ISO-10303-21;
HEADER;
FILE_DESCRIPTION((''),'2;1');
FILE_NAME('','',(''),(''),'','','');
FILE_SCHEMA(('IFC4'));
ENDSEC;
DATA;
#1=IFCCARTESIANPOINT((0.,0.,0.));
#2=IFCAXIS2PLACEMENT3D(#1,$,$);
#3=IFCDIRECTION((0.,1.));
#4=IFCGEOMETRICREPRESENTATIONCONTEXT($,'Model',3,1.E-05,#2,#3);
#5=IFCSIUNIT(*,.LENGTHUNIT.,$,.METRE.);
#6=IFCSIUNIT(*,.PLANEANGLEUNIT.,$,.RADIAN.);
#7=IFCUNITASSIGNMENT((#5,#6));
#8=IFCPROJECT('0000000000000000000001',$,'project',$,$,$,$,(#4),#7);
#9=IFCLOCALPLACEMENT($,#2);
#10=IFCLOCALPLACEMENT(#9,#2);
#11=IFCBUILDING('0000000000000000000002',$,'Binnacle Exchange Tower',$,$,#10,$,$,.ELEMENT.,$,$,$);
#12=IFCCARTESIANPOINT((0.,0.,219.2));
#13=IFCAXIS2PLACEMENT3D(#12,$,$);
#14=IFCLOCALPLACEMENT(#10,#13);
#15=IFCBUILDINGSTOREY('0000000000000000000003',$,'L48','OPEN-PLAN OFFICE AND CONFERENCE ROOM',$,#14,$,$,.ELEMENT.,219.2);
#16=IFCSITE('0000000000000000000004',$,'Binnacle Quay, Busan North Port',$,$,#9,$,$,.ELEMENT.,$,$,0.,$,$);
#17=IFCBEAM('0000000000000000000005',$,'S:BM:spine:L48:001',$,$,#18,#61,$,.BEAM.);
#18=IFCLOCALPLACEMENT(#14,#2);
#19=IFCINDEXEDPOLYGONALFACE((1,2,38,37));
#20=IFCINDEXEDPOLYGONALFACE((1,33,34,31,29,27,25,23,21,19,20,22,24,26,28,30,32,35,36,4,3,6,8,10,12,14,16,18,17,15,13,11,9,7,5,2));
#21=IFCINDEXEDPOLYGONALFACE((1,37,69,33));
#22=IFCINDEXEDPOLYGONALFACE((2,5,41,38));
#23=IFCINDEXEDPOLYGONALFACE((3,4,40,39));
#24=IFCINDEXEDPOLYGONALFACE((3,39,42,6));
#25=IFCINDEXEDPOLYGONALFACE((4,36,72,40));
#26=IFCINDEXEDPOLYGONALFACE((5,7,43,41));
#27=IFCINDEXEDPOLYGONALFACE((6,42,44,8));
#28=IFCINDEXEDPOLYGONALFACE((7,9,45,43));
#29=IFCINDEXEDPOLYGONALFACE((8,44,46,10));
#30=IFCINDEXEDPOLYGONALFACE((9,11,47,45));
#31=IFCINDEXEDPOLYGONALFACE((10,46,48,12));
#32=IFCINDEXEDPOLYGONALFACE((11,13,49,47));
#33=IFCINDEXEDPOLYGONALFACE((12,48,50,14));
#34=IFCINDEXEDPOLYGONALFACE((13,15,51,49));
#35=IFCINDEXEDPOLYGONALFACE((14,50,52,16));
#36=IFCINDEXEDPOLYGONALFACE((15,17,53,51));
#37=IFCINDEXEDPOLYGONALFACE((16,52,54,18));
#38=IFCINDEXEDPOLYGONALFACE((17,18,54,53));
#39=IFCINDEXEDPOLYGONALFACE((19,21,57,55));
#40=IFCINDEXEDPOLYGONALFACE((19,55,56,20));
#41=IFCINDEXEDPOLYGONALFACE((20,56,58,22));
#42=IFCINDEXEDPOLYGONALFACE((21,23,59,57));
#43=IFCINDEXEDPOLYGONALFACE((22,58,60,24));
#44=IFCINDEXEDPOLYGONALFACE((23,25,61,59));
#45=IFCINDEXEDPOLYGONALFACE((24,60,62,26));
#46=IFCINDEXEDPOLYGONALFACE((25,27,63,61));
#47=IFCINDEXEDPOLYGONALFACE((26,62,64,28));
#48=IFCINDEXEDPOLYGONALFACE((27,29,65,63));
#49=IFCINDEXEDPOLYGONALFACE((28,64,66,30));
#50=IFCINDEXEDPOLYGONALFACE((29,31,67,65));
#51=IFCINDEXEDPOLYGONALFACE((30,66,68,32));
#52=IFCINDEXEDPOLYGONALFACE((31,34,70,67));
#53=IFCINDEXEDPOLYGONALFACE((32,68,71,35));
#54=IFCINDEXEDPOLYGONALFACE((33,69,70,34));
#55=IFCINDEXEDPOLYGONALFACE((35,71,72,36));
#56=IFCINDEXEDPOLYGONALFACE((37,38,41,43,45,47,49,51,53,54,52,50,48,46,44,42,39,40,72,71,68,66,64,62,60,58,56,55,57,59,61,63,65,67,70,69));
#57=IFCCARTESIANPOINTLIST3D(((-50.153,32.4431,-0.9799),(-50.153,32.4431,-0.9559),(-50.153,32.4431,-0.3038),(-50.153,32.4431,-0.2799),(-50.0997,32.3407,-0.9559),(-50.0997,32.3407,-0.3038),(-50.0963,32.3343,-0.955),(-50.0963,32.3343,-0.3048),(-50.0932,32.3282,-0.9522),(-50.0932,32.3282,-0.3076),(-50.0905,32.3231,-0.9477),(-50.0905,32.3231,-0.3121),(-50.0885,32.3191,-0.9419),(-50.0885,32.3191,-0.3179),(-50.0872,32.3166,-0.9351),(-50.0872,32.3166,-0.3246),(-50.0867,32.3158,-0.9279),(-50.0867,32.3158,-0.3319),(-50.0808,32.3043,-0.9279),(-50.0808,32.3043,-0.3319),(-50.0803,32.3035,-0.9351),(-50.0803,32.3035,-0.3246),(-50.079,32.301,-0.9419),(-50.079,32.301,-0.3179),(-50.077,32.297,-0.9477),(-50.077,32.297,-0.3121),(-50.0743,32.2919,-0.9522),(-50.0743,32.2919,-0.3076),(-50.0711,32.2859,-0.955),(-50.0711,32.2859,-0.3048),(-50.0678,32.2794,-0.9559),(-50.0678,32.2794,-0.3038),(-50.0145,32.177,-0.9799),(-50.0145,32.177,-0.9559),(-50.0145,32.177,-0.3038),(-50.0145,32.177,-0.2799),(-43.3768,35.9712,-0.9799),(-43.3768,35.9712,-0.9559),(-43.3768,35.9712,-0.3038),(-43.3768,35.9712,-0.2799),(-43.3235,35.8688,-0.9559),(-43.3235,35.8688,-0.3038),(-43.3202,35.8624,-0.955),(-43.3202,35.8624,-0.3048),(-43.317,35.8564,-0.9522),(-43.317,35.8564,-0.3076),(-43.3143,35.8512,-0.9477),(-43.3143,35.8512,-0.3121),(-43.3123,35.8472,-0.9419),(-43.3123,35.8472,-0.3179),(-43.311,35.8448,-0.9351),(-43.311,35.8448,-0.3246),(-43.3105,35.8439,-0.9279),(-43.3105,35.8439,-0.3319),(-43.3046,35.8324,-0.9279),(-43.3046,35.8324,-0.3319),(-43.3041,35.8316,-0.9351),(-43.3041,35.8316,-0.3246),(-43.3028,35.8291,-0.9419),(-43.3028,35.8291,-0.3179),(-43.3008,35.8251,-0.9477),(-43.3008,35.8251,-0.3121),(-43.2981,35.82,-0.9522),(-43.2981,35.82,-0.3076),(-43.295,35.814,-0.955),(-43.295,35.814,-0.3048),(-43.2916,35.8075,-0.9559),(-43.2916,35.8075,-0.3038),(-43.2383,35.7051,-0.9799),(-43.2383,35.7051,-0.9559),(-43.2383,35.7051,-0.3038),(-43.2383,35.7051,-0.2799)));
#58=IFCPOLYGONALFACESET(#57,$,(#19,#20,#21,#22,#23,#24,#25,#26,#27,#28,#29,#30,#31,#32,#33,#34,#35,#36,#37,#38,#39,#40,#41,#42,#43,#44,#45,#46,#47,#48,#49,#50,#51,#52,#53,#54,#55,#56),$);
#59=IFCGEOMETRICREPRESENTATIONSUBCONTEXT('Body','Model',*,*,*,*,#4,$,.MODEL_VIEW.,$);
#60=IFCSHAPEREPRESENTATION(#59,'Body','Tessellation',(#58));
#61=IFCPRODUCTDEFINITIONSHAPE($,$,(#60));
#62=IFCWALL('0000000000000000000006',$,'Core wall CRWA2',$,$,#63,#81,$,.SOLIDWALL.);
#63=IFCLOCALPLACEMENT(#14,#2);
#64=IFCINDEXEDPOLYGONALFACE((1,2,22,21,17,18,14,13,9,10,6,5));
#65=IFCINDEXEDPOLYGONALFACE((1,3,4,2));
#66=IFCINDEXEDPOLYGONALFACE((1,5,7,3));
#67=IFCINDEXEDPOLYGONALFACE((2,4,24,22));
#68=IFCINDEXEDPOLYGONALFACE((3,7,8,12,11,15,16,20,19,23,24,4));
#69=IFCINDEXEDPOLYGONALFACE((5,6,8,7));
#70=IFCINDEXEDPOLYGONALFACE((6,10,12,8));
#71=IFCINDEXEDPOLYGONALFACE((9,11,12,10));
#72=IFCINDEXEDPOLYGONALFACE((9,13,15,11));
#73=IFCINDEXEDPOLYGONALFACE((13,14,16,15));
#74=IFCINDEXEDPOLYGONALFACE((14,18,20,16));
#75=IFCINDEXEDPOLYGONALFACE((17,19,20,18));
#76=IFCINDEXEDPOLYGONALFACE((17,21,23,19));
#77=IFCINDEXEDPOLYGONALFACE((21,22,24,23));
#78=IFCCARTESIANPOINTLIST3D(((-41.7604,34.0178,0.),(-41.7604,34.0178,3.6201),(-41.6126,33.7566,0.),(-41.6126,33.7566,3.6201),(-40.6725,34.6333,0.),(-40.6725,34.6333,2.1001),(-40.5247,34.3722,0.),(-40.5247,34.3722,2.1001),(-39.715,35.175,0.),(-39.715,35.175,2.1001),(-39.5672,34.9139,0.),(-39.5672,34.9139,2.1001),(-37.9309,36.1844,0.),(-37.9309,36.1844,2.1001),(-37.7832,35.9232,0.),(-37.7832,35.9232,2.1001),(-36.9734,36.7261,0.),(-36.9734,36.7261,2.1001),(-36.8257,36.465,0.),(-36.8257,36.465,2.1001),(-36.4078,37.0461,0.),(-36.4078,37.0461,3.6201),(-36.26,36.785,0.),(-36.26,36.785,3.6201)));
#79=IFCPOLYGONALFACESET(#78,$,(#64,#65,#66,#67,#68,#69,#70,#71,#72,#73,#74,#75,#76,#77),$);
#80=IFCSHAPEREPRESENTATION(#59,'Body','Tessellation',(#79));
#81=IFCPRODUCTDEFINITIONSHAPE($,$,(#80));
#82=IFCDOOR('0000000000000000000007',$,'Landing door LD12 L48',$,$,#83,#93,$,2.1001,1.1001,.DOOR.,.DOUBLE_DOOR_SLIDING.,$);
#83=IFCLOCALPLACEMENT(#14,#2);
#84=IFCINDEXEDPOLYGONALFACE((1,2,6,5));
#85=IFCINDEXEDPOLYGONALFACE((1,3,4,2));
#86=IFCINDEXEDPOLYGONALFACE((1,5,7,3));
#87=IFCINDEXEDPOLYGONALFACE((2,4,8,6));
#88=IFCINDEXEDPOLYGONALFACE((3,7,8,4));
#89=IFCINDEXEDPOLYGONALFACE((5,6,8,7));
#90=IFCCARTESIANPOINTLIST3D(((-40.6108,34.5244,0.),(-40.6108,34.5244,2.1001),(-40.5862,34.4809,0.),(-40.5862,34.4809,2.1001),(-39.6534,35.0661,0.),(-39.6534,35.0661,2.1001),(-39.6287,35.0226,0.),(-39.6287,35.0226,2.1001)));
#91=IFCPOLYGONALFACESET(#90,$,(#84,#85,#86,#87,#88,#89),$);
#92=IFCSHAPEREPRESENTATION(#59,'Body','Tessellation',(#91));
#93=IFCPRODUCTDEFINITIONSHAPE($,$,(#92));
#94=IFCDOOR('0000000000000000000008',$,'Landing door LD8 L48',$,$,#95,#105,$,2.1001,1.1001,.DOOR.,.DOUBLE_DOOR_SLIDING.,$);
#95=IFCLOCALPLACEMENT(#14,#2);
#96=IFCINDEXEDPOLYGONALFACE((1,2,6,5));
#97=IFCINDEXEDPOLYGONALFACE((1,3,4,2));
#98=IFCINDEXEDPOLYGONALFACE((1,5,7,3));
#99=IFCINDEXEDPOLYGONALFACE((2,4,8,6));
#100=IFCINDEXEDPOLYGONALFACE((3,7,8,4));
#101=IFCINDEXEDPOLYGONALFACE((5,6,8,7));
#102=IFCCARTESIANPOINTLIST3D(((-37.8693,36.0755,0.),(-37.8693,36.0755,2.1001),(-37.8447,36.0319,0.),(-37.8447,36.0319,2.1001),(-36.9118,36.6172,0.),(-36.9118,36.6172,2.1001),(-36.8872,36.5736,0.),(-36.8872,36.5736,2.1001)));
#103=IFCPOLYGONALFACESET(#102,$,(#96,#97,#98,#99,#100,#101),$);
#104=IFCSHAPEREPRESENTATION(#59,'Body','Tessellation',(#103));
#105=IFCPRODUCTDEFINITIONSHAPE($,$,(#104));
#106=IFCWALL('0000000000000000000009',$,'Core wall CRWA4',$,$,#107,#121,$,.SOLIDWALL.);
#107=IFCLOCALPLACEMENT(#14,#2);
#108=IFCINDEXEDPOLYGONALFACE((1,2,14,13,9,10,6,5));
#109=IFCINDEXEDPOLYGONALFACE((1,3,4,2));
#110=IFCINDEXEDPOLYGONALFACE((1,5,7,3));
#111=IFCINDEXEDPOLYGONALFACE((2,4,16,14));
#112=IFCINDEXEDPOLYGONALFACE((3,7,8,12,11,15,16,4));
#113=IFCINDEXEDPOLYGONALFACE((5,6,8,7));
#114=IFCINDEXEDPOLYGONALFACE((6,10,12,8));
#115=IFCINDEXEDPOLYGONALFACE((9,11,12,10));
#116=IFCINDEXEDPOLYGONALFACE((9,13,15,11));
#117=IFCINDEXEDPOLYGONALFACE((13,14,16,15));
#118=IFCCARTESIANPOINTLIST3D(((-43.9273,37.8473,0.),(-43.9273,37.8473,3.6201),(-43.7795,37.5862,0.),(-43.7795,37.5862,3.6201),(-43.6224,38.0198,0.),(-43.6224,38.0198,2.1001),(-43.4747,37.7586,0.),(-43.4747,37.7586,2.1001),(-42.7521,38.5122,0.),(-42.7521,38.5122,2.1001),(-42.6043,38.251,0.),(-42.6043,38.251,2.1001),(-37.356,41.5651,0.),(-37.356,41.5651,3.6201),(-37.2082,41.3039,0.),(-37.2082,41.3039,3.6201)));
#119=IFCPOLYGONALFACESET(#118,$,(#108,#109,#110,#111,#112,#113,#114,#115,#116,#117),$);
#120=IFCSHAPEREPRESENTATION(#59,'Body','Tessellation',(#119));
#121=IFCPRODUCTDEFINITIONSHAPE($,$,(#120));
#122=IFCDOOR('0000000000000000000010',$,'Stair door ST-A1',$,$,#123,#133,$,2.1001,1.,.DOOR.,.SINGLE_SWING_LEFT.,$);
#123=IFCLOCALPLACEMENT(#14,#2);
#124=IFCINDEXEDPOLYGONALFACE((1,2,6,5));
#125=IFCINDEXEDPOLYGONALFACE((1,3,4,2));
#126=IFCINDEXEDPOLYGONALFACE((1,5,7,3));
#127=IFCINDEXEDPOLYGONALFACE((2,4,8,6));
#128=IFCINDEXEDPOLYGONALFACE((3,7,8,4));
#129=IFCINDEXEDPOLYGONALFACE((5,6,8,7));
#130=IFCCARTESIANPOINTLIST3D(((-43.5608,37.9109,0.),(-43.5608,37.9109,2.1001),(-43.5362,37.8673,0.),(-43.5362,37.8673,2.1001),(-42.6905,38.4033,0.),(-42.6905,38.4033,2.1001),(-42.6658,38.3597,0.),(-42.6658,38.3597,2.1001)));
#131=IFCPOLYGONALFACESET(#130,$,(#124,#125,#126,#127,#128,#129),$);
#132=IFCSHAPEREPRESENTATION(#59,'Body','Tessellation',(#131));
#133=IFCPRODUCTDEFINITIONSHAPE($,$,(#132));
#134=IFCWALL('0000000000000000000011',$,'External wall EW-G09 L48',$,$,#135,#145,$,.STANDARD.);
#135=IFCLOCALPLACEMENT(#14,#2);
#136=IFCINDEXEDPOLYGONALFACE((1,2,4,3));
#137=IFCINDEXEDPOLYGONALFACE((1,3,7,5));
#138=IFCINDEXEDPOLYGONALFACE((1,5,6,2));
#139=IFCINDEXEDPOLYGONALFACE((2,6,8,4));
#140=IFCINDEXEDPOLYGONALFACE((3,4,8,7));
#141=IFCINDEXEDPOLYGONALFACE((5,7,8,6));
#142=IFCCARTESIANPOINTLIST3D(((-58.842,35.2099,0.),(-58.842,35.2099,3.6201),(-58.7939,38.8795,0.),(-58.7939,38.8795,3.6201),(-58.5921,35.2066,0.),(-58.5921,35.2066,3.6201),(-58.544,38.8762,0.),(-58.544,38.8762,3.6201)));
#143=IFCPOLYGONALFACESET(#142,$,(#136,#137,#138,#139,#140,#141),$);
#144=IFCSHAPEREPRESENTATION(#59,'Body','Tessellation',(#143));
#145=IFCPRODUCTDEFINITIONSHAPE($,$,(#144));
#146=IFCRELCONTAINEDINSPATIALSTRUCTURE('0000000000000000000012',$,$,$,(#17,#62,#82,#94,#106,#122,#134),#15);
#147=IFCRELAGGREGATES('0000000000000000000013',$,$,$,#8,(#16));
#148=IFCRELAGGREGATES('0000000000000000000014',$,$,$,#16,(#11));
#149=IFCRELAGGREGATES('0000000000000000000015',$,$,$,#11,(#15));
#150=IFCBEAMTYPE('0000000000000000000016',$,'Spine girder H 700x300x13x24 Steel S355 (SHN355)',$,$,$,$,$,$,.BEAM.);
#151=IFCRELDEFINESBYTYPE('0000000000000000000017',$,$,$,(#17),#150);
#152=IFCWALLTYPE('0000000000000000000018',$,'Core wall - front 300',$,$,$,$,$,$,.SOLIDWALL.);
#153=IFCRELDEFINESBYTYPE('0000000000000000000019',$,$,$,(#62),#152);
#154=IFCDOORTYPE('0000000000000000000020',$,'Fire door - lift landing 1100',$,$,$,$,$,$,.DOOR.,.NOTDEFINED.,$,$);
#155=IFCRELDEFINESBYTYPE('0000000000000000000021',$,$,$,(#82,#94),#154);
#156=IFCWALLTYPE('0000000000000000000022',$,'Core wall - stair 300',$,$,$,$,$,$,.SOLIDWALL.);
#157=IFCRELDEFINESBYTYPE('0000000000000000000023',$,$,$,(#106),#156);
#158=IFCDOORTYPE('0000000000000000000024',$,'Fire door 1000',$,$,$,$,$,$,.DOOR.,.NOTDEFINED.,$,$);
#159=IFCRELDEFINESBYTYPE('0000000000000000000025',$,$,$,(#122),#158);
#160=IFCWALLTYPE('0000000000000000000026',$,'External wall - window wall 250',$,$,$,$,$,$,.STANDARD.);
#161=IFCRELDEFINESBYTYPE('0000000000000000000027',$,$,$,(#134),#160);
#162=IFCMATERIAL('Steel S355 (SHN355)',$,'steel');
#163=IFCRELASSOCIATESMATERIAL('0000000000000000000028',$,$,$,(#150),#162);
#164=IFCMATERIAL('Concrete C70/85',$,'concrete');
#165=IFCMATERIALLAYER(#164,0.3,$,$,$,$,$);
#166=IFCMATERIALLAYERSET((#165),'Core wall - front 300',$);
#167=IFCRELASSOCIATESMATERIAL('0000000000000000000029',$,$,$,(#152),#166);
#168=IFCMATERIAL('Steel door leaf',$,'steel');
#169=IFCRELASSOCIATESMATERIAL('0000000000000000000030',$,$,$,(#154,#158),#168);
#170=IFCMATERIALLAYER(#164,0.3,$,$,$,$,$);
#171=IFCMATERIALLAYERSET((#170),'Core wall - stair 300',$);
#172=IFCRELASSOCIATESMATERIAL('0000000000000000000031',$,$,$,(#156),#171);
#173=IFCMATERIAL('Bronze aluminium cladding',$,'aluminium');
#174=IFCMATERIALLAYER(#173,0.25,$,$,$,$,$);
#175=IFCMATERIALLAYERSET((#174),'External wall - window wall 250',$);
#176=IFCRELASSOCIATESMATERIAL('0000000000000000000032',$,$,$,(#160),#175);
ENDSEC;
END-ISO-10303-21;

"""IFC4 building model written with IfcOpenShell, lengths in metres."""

from ifc_helpers import new_model, si_unit, direction, frame, frame_2d, origin, origin_2d, place, context, subcontext, project, spatial, rectangle, i_section, extrude, material, layer, layer_set, material_profile, profile_set, type_object, element, fill, save


model = new_model("IFC4")

# Units and contexts
model_context = context("Model", 3, precision=1e-05, world=origin(), true_north=direction((0.0, 1.0)))
body_context = subcontext(model_context, "Body", "Model", "MODEL_VIEW")
ifc_project = project(units=[si_unit("LENGTHUNIT", "METRE"), si_unit("PLANEANGLEUNIT", "RADIAN")], contexts=[model_context])

# Site, building, storey
site_placement = place(None, origin())
site = spatial("IfcSite", under=ifc_project, at=site_placement, Name="Binnacle Quay, Busan North Port", CompositionType="ELEMENT", RefElevation=0.0)
building_placement = place(site_placement, origin())
building = spatial("IfcBuilding", under=site, at=building_placement, Name="Binnacle Exchange Tower", CompositionType="ELEMENT")
storey_placement = place(building_placement, frame((0.0, 0.0, 219.2)))
storey = spatial("IfcBuildingStorey", under=building, at=storey_placement, Name="L48", Description="OPEN-PLAN OFFICE AND CONFERENCE ROOM", CompositionType="ELEMENT", Elevation=219.2)

# Beam
ifc_material_1 = material(Name="Steel S355 (SHN355)", Category="steel")
ifc_material_profile_1 = material_profile(ifc_material_1, i_section(OverallWidth=0.3, OverallDepth=0.7, WebThickness=0.0129, FlangeThickness=0.0239, FilletRadius=0.0281, at=origin_2d()), Name="H 700x300x13x24")
ifc_profile_set_1 = profile_set([ifc_material_profile_1], Name="Steel S355 (SHN355)")
beam_type_1 = type_object("IfcBeamType", Name="Spine girder H 700x300x13x24 Steel S355 (SHN355)", PredefinedType="BEAM", material=ifc_profile_set_1)
beam_1_placement = place(storey_placement, frame((-50.0837, 32.3101, -0.6299), z_axis=(0.886976, 0.461816, 0.0), x_axis=(-0.461816, 0.886976, 0.0)))
element("IfcBeam", 1, at=beam_1_placement, inside=storey, type_object=beam_type_1, Name="S:BM:spine:L48:001", PredefinedType="BEAM", context=body_context, shape_type="SweptSolid", body=[
    extrude(i_section(OverallWidth=0.3, OverallDepth=0.7, WebThickness=0.0129, FlangeThickness=0.0239, FilletRadius=0.0281, at=origin_2d()), origin(), (0.0, 0.0, 1.0), 7.6396),
])

# Wall, openings, doors
ifc_material_2 = material(Name="Concrete C70/85", Category="concrete")
ifc_layer_1 = layer(ifc_material_2, 0.3)
ifc_layer_set_1 = layer_set([ifc_layer_1], Name="Core wall - front 300")
wall_type_1 = type_object("IfcWallType", Name="Core wall - front 300", PredefinedType="SOLIDWALL", material=ifc_layer_set_1)
wall_1_placement = place(storey_placement, frame((-41.6865, 33.8872, 0.0), z_axis=(0.0, 0.0, 1.0), x_axis=(0.870356, 0.492423, 0.0)))
wall_1 = element("IfcWall", 2, at=wall_1_placement, inside=storey, type_object=wall_type_1, Name="Core wall CRWA2", PredefinedType="SOLIDWALL", context=body_context, shape_type="SweptSolid", body=[
    extrude(rectangle(XDim=6.1499, YDim=0.3, at=frame_2d((3.075, 0.0))), origin(), (0.0, 0.0, 1.0), 3.6201),
])
opening_1_placement = place(wall_1_placement, frame((1.25, 0.0, 0.0)))
opening_1 = element("IfcOpeningElement", 3, at=opening_1_placement, cuts=wall_1, PredefinedType="OPENING", context=body_context, shape_type="SweptSolid", body=[
    extrude(rectangle(XDim=1.1001, YDim=2.1001, at=frame_2d((0.55, 1.05))), frame((0.0, 0.1599, 0.0), z_axis=(0.0, -1.0, 0.0), x_axis=(1.0, 0.0, 0.0)), (0.0, 0.0, 1.0), 0.3201),
])
opening_2_placement = place(wall_1_placement, frame((4.3999, 0.0, 0.0)))
opening_2 = element("IfcOpeningElement", 4, at=opening_2_placement, cuts=wall_1, PredefinedType="OPENING", context=body_context, shape_type="SweptSolid", body=[
    extrude(rectangle(XDim=1.1001, YDim=2.1001, at=frame_2d((0.55, 1.05))), frame((0.0, 0.1599, 0.0), z_axis=(0.0, -1.0, 0.0), x_axis=(1.0, 0.0, 0.0)), (0.0, 0.0, 1.0), 0.3201),
])
ifc_material_3 = material(Name="Steel door leaf", Category="steel")
door_type_1 = type_object("IfcDoorType", Name="Fire door - lift landing 1100", OperationType="NOTDEFINED", PredefinedType="DOOR", material=ifc_material_3)
door_1_placement = place(opening_1_placement, origin())
door_1 = element("IfcDoor", 5, at=door_1_placement, inside=storey, type_object=door_type_1, Name="Landing door LD12 L48", OperationType="DOUBLE_DOOR_SLIDING", OverallHeight=2.1001, OverallWidth=1.1001, PredefinedType="DOOR", context=body_context, shape_type="SweptSolid", body=[
    extrude(rectangle(XDim=1.1001, YDim=2.1001, at=frame_2d((0.55, 1.05))), frame((0.0, 0.0249, 0.0), z_axis=(0.0, -1.0, 0.0), x_axis=(1.0, 0.0, 0.0)), (0.0, 0.0, 1.0), 0.05),
])
fill(opening_1, door_1)
door_2_placement = place(opening_2_placement, origin())
door_2 = element("IfcDoor", 6, at=door_2_placement, inside=storey, type_object=door_type_1, Name="Landing door LD8 L48", OperationType="DOUBLE_DOOR_SLIDING", OverallHeight=2.1001, OverallWidth=1.1001, PredefinedType="DOOR", context=body_context, shape_type="SweptSolid", body=[
    extrude(rectangle(XDim=1.1001, YDim=2.1001, at=frame_2d((0.55, 1.05))), frame((0.0, 0.0249, 0.0), z_axis=(0.0, -1.0, 0.0), x_axis=(1.0, 0.0, 0.0)), (0.0, 0.0, 1.0), 0.05),
])
fill(opening_2, door_2)

# Wall, opening, door
ifc_layer_2 = layer(ifc_material_2, 0.3)
ifc_layer_set_2 = layer_set([ifc_layer_2], Name="Core wall - stair 300")
wall_type_2 = type_object("IfcWallType", Name="Core wall - stair 300", PredefinedType="SOLIDWALL", material=ifc_layer_set_2)
wall_2_placement = place(storey_placement, frame((-43.8533, 37.7168, 0.0), z_axis=(0.0, 0.0, 1.0), x_axis=(0.87036, 0.492415, 0.0)))
wall_2 = element("IfcWall", 7, at=wall_2_placement, inside=storey, type_object=wall_type_2, Name="Core wall CRWA4", PredefinedType="SOLIDWALL", context=body_context, shape_type="SweptSolid", body=[
    extrude(rectangle(XDim=7.55, YDim=0.3, at=frame_2d((3.7749, 0.0))), origin(), (0.0, 0.0, 1.0), 3.6201),
])
opening_3_placement = place(wall_2_placement, frame((0.3501, 0.0, 0.0)))
opening_3 = element("IfcOpeningElement", 8, at=opening_3_placement, cuts=wall_2, PredefinedType="OPENING", context=body_context, shape_type="SweptSolid", body=[
    extrude(rectangle(XDim=1.0, YDim=2.1001, at=frame_2d((0.5, 1.05))), frame((0.0, 0.1599, 0.0), z_axis=(0.0, -1.0, 0.0), x_axis=(1.0, 0.0, 0.0)), (0.0, 0.0, 1.0), 0.3201),
])
door_type_2 = type_object("IfcDoorType", Name="Fire door 1000", OperationType="NOTDEFINED", PredefinedType="DOOR", material=ifc_material_3)
door_3_placement = place(opening_3_placement, origin())
door_3 = element("IfcDoor", 9, at=door_3_placement, inside=storey, type_object=door_type_2, Name="Stair door ST-A1", OperationType="SINGLE_SWING_LEFT", OverallHeight=2.1001, OverallWidth=1.0, PredefinedType="DOOR", context=body_context, shape_type="SweptSolid", body=[
    extrude(rectangle(XDim=1.0, YDim=2.1001, at=frame_2d((0.5, 1.05))), frame((0.0, 0.0249, 0.0), z_axis=(0.0, -1.0, 0.0), x_axis=(1.0, 0.0, 0.0)), (0.0, 0.0, 1.0), 0.05),
])
fill(opening_3, door_3)

# Wall
ifc_material_4 = material(Name="Bronze aluminium cladding", Category="aluminium")
ifc_layer_3 = layer(ifc_material_4, 0.25)
ifc_layer_set_3 = layer_set([ifc_layer_3], Name="External wall - window wall 250")
wall_type_3 = type_object("IfcWallType", Name="External wall - window wall 250", PredefinedType="STANDARD", material=ifc_layer_set_3)
wall_3_placement = place(storey_placement, frame((-58.717, 35.2083, 0.0), z_axis=(0.0, 0.0, 1.0), x_axis=(0.013105, 0.999914, 0.0)))
element("IfcWall", 10, at=wall_3_placement, inside=storey, type_object=wall_type_3, Name="External wall EW-G09 L48", PredefinedType="STANDARD", context=body_context, shape_type="SweptSolid", body=[
    extrude(rectangle(XDim=3.6699, YDim=0.25, at=frame_2d((1.835, 0.0))), origin(), (0.0, 0.0, 1.0), 3.6201),
])

save(model, "model.ifc")
